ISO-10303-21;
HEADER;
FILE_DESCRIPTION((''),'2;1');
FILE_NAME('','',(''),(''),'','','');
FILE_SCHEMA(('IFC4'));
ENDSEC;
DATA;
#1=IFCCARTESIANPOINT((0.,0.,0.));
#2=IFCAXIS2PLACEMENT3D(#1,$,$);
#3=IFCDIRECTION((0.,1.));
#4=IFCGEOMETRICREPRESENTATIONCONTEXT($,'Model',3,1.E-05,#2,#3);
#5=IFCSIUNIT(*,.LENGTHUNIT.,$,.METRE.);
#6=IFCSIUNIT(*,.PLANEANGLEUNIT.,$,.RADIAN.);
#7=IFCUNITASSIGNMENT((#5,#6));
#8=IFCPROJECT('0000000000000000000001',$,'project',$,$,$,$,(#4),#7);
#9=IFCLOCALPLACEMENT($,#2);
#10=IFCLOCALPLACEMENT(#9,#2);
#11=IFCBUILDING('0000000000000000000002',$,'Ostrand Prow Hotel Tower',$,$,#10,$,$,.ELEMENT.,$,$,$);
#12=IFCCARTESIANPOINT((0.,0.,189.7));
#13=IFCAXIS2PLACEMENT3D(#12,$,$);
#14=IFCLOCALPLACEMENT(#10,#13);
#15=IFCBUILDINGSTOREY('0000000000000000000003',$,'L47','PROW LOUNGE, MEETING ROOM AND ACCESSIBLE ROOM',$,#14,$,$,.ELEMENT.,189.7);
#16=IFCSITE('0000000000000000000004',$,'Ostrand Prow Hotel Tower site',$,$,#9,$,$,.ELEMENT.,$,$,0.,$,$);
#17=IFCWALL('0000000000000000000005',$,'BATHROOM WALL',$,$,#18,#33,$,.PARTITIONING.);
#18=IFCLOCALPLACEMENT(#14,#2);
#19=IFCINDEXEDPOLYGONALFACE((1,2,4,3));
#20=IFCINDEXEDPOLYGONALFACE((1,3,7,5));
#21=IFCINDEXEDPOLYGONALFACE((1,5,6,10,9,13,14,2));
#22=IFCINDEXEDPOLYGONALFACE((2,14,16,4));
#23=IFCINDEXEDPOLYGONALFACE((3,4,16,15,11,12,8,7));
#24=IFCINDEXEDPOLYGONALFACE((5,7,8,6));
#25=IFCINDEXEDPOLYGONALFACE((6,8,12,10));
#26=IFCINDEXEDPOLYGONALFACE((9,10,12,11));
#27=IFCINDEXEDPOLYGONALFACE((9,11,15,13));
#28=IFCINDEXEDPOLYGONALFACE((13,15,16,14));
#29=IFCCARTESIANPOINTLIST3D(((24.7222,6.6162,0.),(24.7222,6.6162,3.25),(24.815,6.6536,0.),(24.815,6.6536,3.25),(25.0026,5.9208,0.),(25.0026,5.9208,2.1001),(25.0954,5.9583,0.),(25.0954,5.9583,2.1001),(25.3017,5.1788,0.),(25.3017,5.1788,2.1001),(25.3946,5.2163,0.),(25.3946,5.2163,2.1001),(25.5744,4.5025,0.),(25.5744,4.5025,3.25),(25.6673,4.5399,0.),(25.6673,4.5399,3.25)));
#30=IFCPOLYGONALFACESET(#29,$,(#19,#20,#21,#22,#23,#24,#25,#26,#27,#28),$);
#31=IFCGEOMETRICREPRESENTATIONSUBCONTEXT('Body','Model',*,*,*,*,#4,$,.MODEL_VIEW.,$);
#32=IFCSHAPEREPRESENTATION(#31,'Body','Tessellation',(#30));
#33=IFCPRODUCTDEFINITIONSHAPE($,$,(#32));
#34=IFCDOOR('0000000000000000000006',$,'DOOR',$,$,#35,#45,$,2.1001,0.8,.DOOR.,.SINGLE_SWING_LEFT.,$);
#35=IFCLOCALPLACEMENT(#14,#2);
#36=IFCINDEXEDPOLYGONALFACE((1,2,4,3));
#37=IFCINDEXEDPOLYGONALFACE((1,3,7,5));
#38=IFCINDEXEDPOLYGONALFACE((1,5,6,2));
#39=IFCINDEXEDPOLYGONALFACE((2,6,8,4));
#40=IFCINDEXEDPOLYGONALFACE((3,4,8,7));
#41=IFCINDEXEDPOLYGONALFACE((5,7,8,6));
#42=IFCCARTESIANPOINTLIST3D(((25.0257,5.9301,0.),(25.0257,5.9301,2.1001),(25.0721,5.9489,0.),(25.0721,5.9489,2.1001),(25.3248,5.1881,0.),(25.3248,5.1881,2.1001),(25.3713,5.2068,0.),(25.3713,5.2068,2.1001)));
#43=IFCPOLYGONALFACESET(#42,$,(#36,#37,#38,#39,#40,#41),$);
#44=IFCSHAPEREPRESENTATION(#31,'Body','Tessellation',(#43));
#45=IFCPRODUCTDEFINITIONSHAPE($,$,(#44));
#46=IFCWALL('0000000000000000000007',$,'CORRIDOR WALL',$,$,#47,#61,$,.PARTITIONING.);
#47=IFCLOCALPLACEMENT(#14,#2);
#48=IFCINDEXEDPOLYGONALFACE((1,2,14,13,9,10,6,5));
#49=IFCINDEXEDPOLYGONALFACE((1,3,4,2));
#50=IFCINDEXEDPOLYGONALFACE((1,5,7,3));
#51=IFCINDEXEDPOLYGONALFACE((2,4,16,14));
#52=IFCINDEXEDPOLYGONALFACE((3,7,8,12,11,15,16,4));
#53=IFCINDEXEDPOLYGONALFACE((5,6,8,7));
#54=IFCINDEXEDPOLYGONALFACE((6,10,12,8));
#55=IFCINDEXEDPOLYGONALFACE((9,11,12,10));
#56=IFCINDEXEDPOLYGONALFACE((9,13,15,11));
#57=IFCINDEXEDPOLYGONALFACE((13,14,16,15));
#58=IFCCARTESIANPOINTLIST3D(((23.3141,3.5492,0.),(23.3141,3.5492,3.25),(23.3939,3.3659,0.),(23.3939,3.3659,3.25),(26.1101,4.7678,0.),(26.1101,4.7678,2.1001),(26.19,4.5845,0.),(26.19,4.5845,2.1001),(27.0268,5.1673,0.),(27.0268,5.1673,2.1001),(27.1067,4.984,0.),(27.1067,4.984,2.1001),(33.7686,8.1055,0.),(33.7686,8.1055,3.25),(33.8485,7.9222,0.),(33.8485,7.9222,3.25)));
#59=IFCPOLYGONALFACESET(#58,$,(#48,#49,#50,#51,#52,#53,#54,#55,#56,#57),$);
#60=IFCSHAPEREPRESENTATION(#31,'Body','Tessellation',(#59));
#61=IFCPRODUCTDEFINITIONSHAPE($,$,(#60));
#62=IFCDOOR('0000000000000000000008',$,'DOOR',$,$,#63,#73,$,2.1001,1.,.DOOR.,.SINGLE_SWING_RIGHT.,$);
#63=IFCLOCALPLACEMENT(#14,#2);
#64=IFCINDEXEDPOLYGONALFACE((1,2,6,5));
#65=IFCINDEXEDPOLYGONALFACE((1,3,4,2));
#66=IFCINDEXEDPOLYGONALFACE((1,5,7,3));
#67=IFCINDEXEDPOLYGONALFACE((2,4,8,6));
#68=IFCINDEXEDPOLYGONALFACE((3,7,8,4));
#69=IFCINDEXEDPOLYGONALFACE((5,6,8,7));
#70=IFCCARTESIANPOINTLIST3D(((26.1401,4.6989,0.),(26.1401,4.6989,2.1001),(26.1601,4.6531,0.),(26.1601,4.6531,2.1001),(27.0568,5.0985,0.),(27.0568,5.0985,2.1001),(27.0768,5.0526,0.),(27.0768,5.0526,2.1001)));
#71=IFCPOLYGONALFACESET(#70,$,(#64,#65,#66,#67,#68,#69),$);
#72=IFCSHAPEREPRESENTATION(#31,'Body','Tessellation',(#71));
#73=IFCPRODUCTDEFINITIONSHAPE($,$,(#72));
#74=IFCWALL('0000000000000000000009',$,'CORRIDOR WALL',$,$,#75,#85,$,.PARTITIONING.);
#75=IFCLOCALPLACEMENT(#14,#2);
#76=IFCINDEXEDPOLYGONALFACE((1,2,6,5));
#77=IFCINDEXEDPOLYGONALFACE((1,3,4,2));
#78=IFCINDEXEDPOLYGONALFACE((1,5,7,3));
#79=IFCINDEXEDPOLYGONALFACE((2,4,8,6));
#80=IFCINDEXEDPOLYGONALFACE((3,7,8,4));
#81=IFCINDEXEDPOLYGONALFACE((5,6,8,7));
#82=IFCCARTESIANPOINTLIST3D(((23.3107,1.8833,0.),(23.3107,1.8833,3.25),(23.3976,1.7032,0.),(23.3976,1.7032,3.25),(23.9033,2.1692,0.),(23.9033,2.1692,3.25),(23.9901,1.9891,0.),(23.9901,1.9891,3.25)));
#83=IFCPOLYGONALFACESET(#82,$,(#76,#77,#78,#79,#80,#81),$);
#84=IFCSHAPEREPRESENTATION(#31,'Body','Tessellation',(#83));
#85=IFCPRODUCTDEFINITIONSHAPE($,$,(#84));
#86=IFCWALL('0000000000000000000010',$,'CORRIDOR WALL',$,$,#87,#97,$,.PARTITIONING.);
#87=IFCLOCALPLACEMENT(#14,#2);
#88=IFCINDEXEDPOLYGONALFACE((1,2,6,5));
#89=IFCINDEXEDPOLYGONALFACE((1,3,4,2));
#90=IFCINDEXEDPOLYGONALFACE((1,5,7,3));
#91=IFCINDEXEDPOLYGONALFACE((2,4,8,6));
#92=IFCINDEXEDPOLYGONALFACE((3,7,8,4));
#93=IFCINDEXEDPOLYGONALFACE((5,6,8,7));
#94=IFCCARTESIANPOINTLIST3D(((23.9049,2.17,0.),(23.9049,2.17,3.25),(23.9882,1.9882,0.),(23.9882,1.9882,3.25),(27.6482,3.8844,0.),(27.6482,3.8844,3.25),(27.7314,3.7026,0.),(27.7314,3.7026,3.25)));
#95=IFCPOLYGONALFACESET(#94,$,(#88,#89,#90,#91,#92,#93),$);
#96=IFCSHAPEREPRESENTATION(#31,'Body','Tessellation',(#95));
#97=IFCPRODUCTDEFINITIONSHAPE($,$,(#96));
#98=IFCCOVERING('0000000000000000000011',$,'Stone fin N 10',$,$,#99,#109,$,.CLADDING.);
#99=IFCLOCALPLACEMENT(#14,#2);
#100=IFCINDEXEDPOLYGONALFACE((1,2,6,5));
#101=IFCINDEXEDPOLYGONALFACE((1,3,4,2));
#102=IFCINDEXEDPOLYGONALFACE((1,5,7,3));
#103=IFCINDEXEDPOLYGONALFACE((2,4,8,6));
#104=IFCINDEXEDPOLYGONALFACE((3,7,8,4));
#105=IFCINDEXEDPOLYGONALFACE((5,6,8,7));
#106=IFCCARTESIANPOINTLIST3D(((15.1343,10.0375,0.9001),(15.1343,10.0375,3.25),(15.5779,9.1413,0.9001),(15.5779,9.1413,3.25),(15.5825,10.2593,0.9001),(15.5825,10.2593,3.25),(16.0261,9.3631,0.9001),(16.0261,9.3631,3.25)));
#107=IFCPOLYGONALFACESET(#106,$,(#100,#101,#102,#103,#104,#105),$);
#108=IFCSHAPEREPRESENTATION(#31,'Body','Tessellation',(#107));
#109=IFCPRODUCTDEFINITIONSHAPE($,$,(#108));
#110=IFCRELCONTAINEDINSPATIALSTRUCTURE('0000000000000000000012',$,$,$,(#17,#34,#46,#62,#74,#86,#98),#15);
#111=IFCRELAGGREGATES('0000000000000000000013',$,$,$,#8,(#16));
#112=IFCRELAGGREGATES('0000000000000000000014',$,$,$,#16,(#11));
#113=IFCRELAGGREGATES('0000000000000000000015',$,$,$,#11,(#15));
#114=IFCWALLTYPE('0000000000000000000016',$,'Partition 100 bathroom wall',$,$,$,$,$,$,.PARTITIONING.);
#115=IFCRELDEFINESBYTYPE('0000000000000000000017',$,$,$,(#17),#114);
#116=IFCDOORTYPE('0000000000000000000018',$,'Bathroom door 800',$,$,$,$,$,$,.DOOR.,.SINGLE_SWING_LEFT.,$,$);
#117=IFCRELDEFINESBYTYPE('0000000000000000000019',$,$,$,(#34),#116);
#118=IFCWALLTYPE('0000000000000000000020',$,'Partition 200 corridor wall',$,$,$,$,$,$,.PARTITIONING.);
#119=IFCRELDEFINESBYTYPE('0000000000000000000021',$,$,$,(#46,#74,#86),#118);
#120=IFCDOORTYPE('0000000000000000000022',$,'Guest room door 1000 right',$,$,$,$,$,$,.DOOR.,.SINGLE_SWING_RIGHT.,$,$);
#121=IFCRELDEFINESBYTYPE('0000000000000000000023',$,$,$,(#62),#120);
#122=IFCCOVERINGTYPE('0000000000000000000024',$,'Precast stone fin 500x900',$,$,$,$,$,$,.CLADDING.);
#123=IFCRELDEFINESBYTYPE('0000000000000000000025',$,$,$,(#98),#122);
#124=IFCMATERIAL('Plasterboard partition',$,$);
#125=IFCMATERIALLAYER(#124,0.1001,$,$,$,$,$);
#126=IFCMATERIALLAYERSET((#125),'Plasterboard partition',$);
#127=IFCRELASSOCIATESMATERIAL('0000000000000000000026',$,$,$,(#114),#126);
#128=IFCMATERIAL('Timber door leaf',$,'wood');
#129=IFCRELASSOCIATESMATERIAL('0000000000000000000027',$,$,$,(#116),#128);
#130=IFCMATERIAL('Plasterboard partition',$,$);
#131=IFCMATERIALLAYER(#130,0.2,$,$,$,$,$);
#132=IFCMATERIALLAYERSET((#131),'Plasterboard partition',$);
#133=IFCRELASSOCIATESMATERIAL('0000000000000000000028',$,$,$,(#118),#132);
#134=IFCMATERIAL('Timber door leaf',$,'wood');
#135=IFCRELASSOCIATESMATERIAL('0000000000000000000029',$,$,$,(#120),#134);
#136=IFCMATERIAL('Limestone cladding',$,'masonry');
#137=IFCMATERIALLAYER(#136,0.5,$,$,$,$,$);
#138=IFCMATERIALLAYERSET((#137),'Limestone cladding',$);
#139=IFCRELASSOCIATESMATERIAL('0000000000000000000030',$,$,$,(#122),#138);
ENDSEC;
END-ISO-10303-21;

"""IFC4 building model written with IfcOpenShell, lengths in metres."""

from ifc_helpers import new_model, si_unit, direction, frame, frame_2d, origin, place, context, subcontext, project, spatial, rectangle, extrude, material, layer, layer_set, type_object, element, fill, save


model = new_model("IFC4")

# Units and contexts
model_context = context("Model", 3, precision=1e-05, world=origin(), true_north=direction((0.0, 1.0)))
body_context = subcontext(model_context, "Body", "Model", "MODEL_VIEW")
ifc_project = project(units=[si_unit("LENGTHUNIT", "METRE"), si_unit("PLANEANGLEUNIT", "RADIAN")], contexts=[model_context])

# Site, building, storey
site_placement = place(None, origin())
site = spatial("IfcSite", under=ifc_project, at=site_placement, Name="Ostrand Prow Hotel Tower site", CompositionType="ELEMENT", RefElevation=0.0)
building_placement = place(site_placement, origin())
building = spatial("IfcBuilding", under=site, at=building_placement, Name="Ostrand Prow Hotel Tower", CompositionType="ELEMENT")
storey_placement = place(building_placement, frame((0.0, 0.0, 189.7)))
storey = spatial("IfcBuildingStorey", under=building, at=storey_placement, Name="L47", Description="PROW LOUNGE, MEETING ROOM AND ACCESSIBLE ROOM", CompositionType="ELEMENT", Elevation=189.7)

# Shared definitions
ifc_material_1 = material(Name="Plasterboard partition")
ifc_layer_1 = layer(ifc_material_1, 0.1001)
ifc_layer_set_1 = layer_set([ifc_layer_1], Name="Plasterboard partition")
wall_type_1 = type_object("IfcWallType", Name="Partition 100 bathroom wall", PredefinedType="PARTITIONING", material=ifc_layer_set_1)

# Walls, openings, doors
wall_1_placement = place(storey_placement, frame((24.7686, 6.635, 0.0), z_axis=(0.0, 0.0, 1.0), x_axis=(0.373956, -0.927446, 0.0)))
wall_1 = element("IfcWall", 1, at=wall_1_placement, inside=storey, type_object=wall_type_1, Name="BATHROOM WALL", PredefinedType="PARTITIONING", context=body_context, shape_type="SweptSolid", body=[
    extrude(rectangle(XDim=2.2791, YDim=0.1001, at=frame_2d((1.1396, 0.0))), origin(), (0.0, 0.0, 1.0), 3.25),
])
opening_1_placement = place(wall_1_placement, frame((0.75, 0.0, 0.0)))
opening_1 = element("IfcOpeningElement", 2, at=opening_1_placement, cuts=wall_1, PredefinedType="OPENING", context=body_context, shape_type="SweptSolid", body=[
    extrude(rectangle(XDim=0.8, YDim=2.1001, at=frame_2d((0.3999, 1.05))), frame((0.0, 0.0601, 0.0), z_axis=(0.0, -1.0, 0.0), x_axis=(1.0, 0.0, 0.0)), (0.0, 0.0, 1.0), 0.1201),
])
ifc_material_2 = material(Name="Timber door leaf", Category="wood")
door_type_1 = type_object("IfcDoorType", Name="Bathroom door 800", OperationType="SINGLE_SWING_LEFT", PredefinedType="DOOR", material=ifc_material_2)
door_1_placement = place(opening_1_placement, origin())
door_1 = element("IfcDoor", 3, at=door_1_placement, inside=storey, type_object=door_type_1, Name="DOOR", OperationType="SINGLE_SWING_LEFT", OverallHeight=2.1001, OverallWidth=0.8, PredefinedType="DOOR", context=body_context, shape_type="SweptSolid", body=[
    extrude(rectangle(XDim=0.8, YDim=2.1001, at=frame_2d((0.3999, 1.05))), frame((0.0, 0.0249, 0.0), z_axis=(0.0, -1.0, 0.0), x_axis=(1.0, 0.0, 0.0)), (0.0, 0.0, 1.0), 0.05),
])
fill(opening_1, door_1)
ifc_material_3 = material(Name="Plasterboard partition")
ifc_layer_2 = layer(ifc_material_3, 0.2)
ifc_layer_set_2 = layer_set([ifc_layer_2], Name="Plasterboard partition")
wall_type_2 = type_object("IfcWallType", Name="Partition 200 corridor wall", PredefinedType="PARTITIONING", material=ifc_layer_set_2)
wall_2_placement = place(storey_placement, frame((23.354, 3.4575, 0.0), z_axis=(0.0, 0.0, 1.0), x_axis=(0.916719, 0.399531, 0.0)))
wall_2 = element("IfcWall", 4, at=wall_2_placement, inside=storey, type_object=wall_type_2, Name="CORRIDOR WALL", PredefinedType="PARTITIONING", context=body_context, shape_type="SweptSolid", body=[
    extrude(rectangle(XDim=11.4043, YDim=0.2, at=frame_2d((5.7021, 0.0))), origin(), (0.0, 0.0, 1.0), 3.25),
])
opening_2_placement = place(wall_2_placement, frame((3.05, 0.0, 0.0)))
opening_2 = element("IfcOpeningElement", 5, at=opening_2_placement, cuts=wall_2, PredefinedType="OPENING", context=body_context, shape_type="SweptSolid", body=[
    extrude(rectangle(XDim=1.0, YDim=2.1001, at=frame_2d((0.5, 1.05))), frame((0.0, 0.1099, 0.0), z_axis=(0.0, -1.0, 0.0), x_axis=(1.0, 0.0, 0.0)), (0.0, 0.0, 1.0), 0.22),
])
ifc_material_4 = material(Name="Timber door leaf", Category="wood")
door_type_2 = type_object("IfcDoorType", Name="Guest room door 1000 right", OperationType="SINGLE_SWING_RIGHT", PredefinedType="DOOR", material=ifc_material_4)
door_2_placement = place(opening_2_placement, origin())
door_2 = element("IfcDoor", 6, at=door_2_placement, inside=storey, type_object=door_type_2, Name="DOOR", OperationType="SINGLE_SWING_RIGHT", OverallHeight=2.1001, OverallWidth=1.0, PredefinedType="DOOR", context=body_context, shape_type="SweptSolid", body=[
    extrude(rectangle(XDim=1.0, YDim=2.1001, at=frame_2d((0.5, 1.05))), frame((0.0, 0.0249, 0.0), z_axis=(0.0, -1.0, 0.0), x_axis=(1.0, 0.0, 0.0)), (0.0, 0.0, 1.0), 0.05),
])
fill(opening_2, door_2)

# Walls
wall_3_placement = place(storey_placement, frame((23.354, 1.7932, 0.0), z_axis=(0.0, 0.0, 1.0), x_axis=(0.900647, 0.434552, 0.0)))
element("IfcWall", 7, at=wall_3_placement, inside=storey, type_object=wall_type_2, Name="CORRIDOR WALL", PredefinedType="PARTITIONING", context=body_context, shape_type="SweptSolid", body=[
    extrude(rectangle(XDim=0.658, YDim=0.2, at=frame_2d((0.3291, 0.0))), origin(), (0.0, 0.0, 1.0), 3.25),
])
wall_4_placement = place(storey_placement, frame((23.9465, 2.0791, 0.0), z_axis=(0.0, 0.0, 1.0), x_axis=(0.909181, 0.416402, 0.0)))
element("IfcWall", 8, at=wall_4_placement, inside=storey, type_object=wall_type_2, Name="CORRIDOR WALL", PredefinedType="PARTITIONING", context=body_context, shape_type="SweptSolid", body=[
    extrude(rectangle(XDim=4.1172, YDim=0.2, at=frame_2d((2.0586, 0.0))), origin(), (0.0, 0.0, 1.0), 3.25),
])

# Covering
ifc_material_5 = material(Name="Limestone cladding", Category="masonry")
ifc_layer_3 = layer(ifc_material_5, 0.5)
ifc_layer_set_3 = layer_set([ifc_layer_3], Name="Limestone cladding")
covering_type = type_object("IfcCoveringType", Name="Precast stone fin 500x900", PredefinedType="CLADDING", material=ifc_layer_set_3)
covering_placement = place(storey_placement, frame((15.802, 9.2522, 0.9001), z_axis=(0.0, 0.0, 1.0), x_axis=(-0.443597, 0.896227, 0.0)))
element("IfcCovering", 9, at=covering_placement, inside=storey, type_object=covering_type, Name="Stone fin N 10", PredefinedType="CLADDING", context=body_context, shape_type="SweptSolid", body=[
    extrude(rectangle(XDim=1.0, YDim=0.5, at=frame_2d((0.5, 0.0))), origin(), (0.0, 0.0, 1.0), 2.3499),
])

save(model, "model.ifc")
